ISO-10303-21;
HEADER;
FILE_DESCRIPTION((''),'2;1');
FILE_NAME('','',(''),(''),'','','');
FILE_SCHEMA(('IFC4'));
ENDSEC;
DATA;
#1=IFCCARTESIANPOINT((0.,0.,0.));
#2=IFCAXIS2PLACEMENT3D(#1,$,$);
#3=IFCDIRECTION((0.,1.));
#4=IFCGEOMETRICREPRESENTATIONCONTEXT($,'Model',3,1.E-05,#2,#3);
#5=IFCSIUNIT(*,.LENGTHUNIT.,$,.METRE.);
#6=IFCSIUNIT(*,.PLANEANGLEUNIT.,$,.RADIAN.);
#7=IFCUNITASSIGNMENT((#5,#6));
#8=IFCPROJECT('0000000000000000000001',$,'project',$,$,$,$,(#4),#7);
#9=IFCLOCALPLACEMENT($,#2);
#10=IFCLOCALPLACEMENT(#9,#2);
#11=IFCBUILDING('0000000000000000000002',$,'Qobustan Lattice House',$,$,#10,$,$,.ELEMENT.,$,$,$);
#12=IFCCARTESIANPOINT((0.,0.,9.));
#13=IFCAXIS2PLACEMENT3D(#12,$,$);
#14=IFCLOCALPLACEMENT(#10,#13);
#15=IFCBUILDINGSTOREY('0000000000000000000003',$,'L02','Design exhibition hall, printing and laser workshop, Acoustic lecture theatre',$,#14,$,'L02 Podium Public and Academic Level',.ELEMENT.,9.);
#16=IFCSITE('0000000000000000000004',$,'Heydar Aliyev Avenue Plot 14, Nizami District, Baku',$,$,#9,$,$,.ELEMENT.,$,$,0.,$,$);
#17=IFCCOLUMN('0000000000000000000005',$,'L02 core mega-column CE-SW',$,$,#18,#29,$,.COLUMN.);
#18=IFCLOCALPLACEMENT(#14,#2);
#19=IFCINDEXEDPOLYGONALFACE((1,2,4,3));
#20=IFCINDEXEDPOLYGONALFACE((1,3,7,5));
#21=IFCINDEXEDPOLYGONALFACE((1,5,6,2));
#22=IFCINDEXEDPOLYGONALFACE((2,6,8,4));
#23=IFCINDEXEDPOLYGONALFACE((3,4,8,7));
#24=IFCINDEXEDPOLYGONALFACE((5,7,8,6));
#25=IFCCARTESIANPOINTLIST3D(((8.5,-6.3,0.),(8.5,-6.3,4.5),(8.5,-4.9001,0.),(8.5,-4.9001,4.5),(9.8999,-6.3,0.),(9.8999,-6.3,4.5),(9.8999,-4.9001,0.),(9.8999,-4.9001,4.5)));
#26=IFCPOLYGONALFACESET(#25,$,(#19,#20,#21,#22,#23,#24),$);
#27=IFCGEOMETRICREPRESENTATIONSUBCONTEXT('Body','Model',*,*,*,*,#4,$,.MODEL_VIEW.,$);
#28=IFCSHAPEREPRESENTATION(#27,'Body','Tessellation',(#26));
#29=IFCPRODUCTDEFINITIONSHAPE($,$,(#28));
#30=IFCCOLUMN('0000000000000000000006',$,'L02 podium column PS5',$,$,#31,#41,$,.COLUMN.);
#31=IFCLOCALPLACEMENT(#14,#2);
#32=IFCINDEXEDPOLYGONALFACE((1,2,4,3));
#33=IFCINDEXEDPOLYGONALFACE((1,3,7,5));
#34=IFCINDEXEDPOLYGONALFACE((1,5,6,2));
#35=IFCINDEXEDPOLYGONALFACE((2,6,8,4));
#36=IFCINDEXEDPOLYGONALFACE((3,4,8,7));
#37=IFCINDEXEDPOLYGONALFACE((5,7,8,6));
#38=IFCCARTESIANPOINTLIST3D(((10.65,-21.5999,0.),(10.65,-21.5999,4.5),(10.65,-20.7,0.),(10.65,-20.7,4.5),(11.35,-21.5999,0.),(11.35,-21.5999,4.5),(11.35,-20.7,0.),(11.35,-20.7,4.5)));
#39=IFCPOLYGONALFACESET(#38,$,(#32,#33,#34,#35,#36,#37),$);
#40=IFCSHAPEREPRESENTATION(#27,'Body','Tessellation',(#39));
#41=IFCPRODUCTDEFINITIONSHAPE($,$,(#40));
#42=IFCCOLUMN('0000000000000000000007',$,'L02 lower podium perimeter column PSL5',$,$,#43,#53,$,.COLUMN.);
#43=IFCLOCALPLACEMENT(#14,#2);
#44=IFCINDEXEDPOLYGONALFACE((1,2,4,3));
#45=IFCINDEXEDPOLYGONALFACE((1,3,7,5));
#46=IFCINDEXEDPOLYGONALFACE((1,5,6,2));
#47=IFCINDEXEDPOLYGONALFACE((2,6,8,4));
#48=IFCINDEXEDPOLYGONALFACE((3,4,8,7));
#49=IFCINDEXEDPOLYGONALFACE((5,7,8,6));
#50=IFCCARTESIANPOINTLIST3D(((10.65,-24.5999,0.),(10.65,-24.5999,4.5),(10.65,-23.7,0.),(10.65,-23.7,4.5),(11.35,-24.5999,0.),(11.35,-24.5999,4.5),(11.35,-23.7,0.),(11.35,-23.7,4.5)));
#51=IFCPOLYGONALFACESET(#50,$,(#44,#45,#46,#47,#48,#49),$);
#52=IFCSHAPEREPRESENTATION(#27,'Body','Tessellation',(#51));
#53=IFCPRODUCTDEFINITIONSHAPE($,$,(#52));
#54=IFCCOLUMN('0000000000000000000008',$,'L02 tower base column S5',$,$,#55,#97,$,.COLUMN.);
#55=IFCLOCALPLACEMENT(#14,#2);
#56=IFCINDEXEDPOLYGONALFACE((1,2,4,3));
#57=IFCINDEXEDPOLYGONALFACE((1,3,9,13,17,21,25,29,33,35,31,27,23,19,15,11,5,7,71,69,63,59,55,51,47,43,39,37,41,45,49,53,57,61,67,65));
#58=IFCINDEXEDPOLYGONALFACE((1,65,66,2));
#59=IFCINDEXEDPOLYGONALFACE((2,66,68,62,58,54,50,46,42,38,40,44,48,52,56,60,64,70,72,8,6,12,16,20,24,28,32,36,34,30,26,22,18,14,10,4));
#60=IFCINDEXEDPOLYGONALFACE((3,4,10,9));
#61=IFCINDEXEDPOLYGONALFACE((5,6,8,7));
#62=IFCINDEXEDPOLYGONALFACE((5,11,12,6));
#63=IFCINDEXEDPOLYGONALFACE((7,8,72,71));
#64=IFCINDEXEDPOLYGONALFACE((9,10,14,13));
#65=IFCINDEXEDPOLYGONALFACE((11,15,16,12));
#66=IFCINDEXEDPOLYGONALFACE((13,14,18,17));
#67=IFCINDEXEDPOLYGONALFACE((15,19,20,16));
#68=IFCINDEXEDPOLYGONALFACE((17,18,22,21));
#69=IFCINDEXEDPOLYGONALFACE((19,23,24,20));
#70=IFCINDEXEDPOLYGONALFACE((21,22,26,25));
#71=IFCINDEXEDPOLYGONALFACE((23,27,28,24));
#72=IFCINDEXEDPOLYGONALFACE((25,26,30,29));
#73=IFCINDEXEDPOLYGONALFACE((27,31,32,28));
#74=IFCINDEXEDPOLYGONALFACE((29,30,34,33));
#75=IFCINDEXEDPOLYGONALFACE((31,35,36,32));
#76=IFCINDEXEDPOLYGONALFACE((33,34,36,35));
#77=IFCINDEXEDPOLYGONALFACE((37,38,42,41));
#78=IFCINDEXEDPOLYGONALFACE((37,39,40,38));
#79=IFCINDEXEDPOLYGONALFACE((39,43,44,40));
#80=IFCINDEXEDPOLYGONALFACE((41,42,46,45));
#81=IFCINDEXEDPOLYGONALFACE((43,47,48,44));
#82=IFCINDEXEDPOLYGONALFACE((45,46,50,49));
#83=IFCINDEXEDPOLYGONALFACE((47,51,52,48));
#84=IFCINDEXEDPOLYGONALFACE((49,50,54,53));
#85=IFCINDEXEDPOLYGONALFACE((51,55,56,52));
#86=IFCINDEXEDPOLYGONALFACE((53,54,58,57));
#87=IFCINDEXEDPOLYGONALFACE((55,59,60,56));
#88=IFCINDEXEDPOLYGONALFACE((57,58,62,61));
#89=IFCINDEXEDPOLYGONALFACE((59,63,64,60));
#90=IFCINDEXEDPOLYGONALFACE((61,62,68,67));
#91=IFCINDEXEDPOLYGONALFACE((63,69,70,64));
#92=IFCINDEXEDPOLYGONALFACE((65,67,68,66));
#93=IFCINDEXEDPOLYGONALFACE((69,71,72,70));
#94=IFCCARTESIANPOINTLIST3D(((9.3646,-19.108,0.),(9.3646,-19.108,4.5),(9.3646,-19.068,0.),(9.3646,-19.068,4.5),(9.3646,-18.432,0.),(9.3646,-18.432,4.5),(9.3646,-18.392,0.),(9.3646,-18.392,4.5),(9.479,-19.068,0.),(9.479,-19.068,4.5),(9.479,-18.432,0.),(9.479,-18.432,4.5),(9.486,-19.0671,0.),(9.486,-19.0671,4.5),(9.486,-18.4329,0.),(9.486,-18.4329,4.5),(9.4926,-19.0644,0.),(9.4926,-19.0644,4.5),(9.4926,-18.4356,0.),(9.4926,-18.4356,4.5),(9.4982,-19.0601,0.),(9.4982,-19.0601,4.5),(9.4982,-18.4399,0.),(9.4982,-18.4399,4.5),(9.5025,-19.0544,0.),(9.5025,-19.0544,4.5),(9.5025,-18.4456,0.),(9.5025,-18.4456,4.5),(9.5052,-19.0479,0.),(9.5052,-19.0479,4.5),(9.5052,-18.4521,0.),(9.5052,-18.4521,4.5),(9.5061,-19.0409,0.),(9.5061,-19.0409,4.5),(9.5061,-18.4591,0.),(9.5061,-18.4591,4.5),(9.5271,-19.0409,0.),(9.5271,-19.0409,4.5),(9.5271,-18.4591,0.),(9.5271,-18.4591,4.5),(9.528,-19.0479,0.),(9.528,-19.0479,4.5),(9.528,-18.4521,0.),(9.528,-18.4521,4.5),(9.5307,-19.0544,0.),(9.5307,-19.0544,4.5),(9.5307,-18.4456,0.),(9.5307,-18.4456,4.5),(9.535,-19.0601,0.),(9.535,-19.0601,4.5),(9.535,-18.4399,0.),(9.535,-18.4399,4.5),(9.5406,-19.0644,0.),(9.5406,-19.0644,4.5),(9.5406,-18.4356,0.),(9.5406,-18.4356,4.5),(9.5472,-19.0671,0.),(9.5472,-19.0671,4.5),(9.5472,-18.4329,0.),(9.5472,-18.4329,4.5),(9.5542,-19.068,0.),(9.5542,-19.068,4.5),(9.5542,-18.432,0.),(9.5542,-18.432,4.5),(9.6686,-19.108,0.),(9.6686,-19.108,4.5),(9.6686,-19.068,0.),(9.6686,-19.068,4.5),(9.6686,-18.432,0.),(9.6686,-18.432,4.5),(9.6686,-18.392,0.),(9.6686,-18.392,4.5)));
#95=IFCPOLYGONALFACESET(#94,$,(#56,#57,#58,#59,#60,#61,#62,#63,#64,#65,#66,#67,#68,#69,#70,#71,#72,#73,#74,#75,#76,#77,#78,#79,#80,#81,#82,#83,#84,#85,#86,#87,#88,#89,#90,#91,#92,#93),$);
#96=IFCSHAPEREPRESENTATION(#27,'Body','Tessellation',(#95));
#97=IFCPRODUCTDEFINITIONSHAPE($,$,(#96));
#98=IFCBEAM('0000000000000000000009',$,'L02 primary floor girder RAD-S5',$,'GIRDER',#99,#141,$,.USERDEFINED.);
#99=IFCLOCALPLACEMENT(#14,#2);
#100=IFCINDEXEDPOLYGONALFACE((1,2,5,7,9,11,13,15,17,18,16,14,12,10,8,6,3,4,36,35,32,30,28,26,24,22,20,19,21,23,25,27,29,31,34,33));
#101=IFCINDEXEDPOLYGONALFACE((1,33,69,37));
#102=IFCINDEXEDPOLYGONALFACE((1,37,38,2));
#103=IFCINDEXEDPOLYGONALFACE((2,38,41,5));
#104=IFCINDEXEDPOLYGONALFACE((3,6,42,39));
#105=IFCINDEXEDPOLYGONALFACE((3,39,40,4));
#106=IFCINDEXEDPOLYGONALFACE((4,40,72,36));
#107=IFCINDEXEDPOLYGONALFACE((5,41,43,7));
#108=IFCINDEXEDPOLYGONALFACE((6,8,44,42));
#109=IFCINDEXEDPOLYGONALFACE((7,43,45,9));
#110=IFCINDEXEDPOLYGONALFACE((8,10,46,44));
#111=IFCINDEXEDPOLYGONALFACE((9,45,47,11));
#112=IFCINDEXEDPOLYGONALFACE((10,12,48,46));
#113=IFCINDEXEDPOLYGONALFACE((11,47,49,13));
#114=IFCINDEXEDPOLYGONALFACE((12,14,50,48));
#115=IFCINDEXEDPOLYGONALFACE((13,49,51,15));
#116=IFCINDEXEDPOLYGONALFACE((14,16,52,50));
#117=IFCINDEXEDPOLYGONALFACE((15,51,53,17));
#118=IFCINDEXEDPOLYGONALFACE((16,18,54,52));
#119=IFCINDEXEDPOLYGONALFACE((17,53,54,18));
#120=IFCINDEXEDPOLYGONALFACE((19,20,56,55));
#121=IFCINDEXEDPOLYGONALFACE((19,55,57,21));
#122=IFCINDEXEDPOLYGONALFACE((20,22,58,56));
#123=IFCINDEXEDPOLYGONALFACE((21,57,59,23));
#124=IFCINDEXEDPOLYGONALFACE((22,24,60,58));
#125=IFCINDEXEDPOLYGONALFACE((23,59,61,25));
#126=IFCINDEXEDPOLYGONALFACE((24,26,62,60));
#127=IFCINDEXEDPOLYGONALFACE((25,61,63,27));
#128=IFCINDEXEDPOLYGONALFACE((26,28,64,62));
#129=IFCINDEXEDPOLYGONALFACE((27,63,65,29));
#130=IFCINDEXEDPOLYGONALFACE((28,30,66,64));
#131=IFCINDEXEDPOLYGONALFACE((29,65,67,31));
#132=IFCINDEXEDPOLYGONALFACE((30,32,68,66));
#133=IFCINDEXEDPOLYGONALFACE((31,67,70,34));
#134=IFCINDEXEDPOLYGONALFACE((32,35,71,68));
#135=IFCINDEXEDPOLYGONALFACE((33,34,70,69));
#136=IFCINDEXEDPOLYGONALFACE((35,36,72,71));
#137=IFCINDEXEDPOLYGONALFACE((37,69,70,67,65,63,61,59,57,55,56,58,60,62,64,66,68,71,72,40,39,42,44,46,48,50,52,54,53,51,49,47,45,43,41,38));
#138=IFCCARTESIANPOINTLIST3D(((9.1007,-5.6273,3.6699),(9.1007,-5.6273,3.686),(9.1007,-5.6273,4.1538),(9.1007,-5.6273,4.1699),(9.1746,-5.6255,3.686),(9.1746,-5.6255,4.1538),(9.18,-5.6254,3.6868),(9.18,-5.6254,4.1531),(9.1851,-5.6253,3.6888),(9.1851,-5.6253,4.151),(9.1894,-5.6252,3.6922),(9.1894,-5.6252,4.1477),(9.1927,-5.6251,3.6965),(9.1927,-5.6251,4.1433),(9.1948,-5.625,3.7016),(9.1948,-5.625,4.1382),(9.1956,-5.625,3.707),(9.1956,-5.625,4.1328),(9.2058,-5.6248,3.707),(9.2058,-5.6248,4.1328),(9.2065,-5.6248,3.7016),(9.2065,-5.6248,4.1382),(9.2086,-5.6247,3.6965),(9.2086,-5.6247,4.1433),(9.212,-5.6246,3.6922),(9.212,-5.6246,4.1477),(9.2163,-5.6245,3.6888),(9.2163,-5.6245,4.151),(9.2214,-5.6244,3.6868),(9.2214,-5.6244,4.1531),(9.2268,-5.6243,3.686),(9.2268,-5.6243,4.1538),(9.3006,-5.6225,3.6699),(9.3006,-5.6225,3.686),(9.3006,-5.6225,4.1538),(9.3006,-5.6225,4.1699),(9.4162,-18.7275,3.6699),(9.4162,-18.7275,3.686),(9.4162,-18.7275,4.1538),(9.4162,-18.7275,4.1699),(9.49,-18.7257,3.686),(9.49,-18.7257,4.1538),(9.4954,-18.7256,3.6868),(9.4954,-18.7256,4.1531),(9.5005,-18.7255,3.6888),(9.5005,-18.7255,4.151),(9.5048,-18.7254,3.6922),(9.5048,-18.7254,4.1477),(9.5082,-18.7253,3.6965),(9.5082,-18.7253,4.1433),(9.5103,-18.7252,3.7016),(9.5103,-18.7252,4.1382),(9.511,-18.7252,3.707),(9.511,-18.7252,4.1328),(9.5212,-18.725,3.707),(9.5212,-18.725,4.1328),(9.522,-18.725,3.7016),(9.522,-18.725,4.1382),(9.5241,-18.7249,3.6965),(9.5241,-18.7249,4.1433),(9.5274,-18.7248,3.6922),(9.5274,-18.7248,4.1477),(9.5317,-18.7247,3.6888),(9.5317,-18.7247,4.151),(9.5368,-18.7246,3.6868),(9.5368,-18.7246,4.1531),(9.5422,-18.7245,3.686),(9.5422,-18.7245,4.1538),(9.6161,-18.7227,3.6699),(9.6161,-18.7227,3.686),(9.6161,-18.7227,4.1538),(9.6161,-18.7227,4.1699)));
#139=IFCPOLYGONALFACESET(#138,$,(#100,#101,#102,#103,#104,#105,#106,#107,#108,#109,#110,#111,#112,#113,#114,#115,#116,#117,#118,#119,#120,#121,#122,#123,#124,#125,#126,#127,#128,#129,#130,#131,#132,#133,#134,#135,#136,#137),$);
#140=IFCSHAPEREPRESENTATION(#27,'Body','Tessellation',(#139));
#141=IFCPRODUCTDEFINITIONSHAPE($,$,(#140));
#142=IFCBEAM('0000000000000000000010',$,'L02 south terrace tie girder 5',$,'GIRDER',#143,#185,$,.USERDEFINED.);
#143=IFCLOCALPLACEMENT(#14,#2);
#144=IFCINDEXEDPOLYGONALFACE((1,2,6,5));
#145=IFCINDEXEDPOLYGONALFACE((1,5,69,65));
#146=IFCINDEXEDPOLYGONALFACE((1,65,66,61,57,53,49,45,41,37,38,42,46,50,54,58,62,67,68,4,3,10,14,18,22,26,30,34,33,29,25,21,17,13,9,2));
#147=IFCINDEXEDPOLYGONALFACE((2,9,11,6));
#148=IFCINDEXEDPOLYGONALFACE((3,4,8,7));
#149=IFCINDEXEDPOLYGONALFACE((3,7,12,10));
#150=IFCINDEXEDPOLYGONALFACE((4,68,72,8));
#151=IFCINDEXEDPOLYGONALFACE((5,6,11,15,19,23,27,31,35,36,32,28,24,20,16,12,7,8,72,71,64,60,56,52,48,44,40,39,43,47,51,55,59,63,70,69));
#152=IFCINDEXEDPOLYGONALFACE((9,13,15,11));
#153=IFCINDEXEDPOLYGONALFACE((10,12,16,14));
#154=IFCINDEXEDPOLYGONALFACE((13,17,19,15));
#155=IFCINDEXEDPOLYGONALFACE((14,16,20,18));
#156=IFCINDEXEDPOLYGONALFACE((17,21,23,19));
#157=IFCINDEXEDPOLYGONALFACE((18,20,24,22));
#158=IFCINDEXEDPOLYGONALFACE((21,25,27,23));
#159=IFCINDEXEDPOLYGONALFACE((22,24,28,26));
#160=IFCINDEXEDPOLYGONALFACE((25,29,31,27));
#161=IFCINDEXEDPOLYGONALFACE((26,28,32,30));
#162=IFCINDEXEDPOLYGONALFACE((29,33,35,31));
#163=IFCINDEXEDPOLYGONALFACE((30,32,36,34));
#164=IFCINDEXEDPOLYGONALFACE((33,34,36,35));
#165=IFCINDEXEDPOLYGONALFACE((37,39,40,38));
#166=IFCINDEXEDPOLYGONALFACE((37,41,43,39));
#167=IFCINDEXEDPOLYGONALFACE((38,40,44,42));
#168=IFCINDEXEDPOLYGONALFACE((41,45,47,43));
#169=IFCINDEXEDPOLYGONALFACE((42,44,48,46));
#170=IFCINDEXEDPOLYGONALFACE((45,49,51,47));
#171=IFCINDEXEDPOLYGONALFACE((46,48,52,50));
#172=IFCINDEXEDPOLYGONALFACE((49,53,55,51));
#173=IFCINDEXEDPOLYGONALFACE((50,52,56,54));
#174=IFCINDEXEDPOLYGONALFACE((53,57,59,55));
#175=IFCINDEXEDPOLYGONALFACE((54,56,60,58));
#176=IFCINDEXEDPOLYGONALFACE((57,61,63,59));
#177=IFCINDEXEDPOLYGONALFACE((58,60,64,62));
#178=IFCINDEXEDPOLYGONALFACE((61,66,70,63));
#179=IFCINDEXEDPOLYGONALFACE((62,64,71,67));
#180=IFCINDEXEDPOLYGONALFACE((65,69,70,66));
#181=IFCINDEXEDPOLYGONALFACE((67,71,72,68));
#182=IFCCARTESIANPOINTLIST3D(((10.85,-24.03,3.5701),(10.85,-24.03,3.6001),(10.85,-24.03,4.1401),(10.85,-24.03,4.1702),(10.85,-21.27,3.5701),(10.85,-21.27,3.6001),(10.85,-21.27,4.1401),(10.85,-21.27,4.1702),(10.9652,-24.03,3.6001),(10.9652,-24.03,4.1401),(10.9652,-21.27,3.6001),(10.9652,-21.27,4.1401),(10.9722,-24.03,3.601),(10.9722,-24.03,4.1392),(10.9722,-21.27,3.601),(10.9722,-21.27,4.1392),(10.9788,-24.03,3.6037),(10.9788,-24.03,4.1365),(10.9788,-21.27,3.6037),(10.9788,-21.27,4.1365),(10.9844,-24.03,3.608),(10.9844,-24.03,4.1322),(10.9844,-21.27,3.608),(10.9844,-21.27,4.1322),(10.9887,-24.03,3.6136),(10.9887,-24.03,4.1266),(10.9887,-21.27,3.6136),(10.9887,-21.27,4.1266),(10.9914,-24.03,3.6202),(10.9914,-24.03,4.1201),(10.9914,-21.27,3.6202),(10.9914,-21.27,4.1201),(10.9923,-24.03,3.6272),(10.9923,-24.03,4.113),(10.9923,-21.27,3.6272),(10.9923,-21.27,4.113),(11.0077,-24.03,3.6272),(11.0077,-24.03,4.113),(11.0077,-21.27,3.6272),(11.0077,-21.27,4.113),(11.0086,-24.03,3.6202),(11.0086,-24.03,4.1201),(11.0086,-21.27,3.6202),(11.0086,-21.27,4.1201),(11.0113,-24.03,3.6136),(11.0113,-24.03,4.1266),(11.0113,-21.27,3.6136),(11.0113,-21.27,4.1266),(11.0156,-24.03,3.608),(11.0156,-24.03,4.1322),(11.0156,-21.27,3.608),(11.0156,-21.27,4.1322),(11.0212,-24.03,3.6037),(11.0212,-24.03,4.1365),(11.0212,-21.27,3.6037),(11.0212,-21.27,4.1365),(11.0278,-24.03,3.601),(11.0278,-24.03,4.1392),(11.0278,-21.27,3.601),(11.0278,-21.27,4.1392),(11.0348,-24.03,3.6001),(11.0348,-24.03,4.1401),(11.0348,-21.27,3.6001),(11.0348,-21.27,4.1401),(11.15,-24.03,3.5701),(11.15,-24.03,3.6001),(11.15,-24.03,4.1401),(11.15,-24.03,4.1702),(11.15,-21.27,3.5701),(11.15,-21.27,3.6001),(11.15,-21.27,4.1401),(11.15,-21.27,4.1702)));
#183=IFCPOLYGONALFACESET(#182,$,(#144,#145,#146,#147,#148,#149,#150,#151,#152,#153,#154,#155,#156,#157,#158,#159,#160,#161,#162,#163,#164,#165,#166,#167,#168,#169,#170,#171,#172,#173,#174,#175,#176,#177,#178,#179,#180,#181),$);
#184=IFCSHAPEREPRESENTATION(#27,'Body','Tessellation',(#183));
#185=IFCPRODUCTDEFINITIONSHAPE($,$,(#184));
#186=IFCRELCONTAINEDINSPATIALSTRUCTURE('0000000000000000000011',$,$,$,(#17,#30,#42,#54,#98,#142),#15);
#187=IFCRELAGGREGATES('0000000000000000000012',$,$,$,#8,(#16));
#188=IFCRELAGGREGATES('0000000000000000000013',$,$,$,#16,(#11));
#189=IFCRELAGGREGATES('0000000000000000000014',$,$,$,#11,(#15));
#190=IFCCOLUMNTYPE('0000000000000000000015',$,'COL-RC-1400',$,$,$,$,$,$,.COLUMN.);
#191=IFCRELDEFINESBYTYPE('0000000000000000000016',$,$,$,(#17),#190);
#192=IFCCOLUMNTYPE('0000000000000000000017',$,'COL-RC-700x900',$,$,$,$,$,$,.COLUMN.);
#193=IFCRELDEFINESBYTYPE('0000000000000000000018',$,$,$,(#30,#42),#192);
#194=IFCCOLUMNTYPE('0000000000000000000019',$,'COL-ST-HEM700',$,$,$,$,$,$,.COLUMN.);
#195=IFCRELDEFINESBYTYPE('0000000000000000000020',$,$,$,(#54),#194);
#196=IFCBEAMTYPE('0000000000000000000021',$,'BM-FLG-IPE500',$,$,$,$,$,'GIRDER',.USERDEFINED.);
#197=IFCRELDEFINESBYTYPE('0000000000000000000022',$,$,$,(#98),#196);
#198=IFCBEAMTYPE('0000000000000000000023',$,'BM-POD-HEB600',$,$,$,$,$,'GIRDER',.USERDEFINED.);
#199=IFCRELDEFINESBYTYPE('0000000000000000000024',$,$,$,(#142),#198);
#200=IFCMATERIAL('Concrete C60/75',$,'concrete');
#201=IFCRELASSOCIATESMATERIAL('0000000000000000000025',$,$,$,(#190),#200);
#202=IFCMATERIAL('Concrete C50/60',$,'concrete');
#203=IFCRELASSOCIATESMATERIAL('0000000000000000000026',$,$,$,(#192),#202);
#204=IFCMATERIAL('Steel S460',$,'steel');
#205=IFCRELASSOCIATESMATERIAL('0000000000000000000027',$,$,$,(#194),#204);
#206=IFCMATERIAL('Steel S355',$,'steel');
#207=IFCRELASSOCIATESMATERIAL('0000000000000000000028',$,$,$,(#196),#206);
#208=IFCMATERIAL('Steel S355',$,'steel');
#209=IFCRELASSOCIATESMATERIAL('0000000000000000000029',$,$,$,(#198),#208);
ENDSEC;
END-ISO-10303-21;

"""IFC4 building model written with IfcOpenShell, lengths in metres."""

from ifc_helpers import new_model, si_unit, direction, frame, origin, origin_2d, place, context, subcontext, project, spatial, rectangle, i_section, extrude, material, material_profile, profile_set, type_object, element, save


model = new_model("IFC4")

# Units and contexts
model_context = context("Model", 3, precision=1e-05, world=origin(), true_north=direction((0.0, 1.0)))
body_context = subcontext(model_context, "Body", "Model", "MODEL_VIEW")
ifc_project = project(units=[si_unit("LENGTHUNIT", "METRE"), si_unit("PLANEANGLEUNIT", "RADIAN")], contexts=[model_context])

# Site, building, storey
site_placement = place(None, origin())
site = spatial("IfcSite", under=ifc_project, at=site_placement, Name="Heydar Aliyev Avenue Plot 14, Nizami District, Baku", CompositionType="ELEMENT", RefElevation=0.0)
building_placement = place(site_placement, origin())
building = spatial("IfcBuilding", under=site, at=building_placement, Name="Qobustan Lattice House", CompositionType="ELEMENT")
storey_placement = place(building_placement, frame((0.0, 0.0, 9.0)))
storey = spatial("IfcBuildingStorey", under=building, at=storey_placement, Name="L02", Description="Design exhibition hall, printing and laser workshop, Acoustic lecture theatre", LongName="L02 Podium Public and Academic Level", CompositionType="ELEMENT", Elevation=9.0)

# Columns
ifc_material_1 = material(Name="Concrete C60/75", Category="concrete")
ifc_material_profile_1 = material_profile(ifc_material_1, rectangle(XDim=1.3999, YDim=1.3999, at=origin_2d()), Name="RC1400x1400")
ifc_profile_set_1 = profile_set([ifc_material_profile_1], Name="Concrete C60/75")
column_type_1 = type_object("IfcColumnType", Name="COL-RC-1400", PredefinedType="COLUMN", material=ifc_profile_set_1)
column_1_placement = place(storey_placement, frame((9.2, -5.6001, 0.0), z_axis=(0.0, 0.0, 1.0), x_axis=(1.0, 0.0, 0.0)))
element("IfcColumn", 1, at=column_1_placement, inside=storey, type_object=column_type_1, Name="L02 core mega-column CE-SW", PredefinedType="COLUMN", context=body_context, shape_type="SweptSolid", body=[
    extrude(rectangle(XDim=1.3999, YDim=1.3999, at=origin_2d()), origin(), (0.0, 0.0, 1.0), 4.5),
])
ifc_material_2 = material(Name="Concrete C50/60", Category="concrete")
ifc_material_profile_2 = material_profile(ifc_material_2, rectangle(XDim=0.7, YDim=0.8999, at=origin_2d()), Name="RC700x900")
ifc_profile_set_2 = profile_set([ifc_material_profile_2], Name="Concrete C50/60")
column_type_2 = type_object("IfcColumnType", Name="COL-RC-700x900", PredefinedType="COLUMN", material=ifc_profile_set_2)
for number, where, z_axis, x_axis, name in (
    (2, (11.0, -21.1499, 0.0), (0.0, 0.0, 1.0), (1.0, 0.0, 0.0), "L02 podium column PS5"),
    (3, (11.0, -24.1499, 0.0), (0.0, 0.0, 1.0), (1.0, 0.0, 0.0), "L02 lower podium perimeter column PSL5"),
):
    element("IfcColumn", number, at=place(storey_placement, frame(where, z_axis=z_axis, x_axis=x_axis)), inside=storey, type_object=column_type_2, Name=name, PredefinedType="COLUMN", context=body_context, shape_type="SweptSolid", body=[
        extrude(rectangle(XDim=0.7, YDim=0.8999, at=origin_2d()), origin(), (0.0, 0.0, 1.0), 4.5),
    ])
ifc_material_3 = material(Name="Steel S460", Category="steel")
ifc_material_profile_3 = material_profile(ifc_material_3, i_section(OverallWidth=0.304, OverallDepth=0.7161, WebThickness=0.021, FlangeThickness=0.04, FilletRadius=0.0271, at=origin_2d()), Name="HEM700")
ifc_profile_set_3 = profile_set([ifc_material_profile_3], Name="Steel S460")
column_type_3 = type_object("IfcColumnType", Name="COL-ST-HEM700", PredefinedType="COLUMN", material=ifc_profile_set_3)
column_2_placement = place(storey_placement, frame((9.5166, -18.75, 0.0), z_axis=(0.0, 0.0, 1.0), x_axis=(1.0, 0.0, 0.0)))
element("IfcColumn", 4, at=column_2_placement, inside=storey, type_object=column_type_3, Name="L02 tower base column S5", PredefinedType="COLUMN", context=body_context, shape_type="SweptSolid", body=[
    extrude(i_section(OverallWidth=0.304, OverallDepth=0.7161, WebThickness=0.021, FlangeThickness=0.04, FilletRadius=0.0271, at=origin_2d()), origin(), (0.0, 0.0, 1.0), 4.5),
])

# Beams
ifc_material_4 = material(Name="Steel S355", Category="steel")
ifc_material_profile_4 = material_profile(ifc_material_4, i_section(OverallWidth=0.2, OverallDepth=0.5, WebThickness=0.0103, FlangeThickness=0.0161, FilletRadius=0.021, at=origin_2d()), Name="IPE500")
ifc_profile_set_4 = profile_set([ifc_material_profile_4], Name="Steel S355")
beam_type_1 = type_object("IfcBeamType", Name="BM-FLG-IPE500", ElementType="GIRDER", PredefinedType="USERDEFINED", material=ifc_profile_set_4)
beam_1_placement = place(storey_placement, frame((9.5161, -18.7251, 3.9199), z_axis=(-0.024071, 0.99971, 0.0), x_axis=(-0.99971, -0.024071, 0.0)))
element("IfcBeam", 5, at=beam_1_placement, inside=storey, type_object=beam_type_1, Name="L02 primary floor girder RAD-S5", ObjectType="GIRDER", PredefinedType="USERDEFINED", context=body_context, shape_type="SweptSolid", body=[
    extrude(i_section(OverallWidth=0.2, OverallDepth=0.5, WebThickness=0.0103, FlangeThickness=0.0161, FilletRadius=0.021, at=origin_2d()), origin(), (0.0, 0.0, 1.0), 13.104),
])
ifc_material_5 = material(Name="Steel S355", Category="steel")
ifc_material_profile_5 = material_profile(ifc_material_5, i_section(OverallWidth=0.3, OverallDepth=0.6001, WebThickness=0.0154, FlangeThickness=0.03, FilletRadius=0.0271, at=origin_2d()), Name="HEB600")
ifc_profile_set_5 = profile_set([ifc_material_profile_5], Name="Steel S355")
beam_type_2 = type_object("IfcBeamType", Name="BM-POD-HEB600", ElementType="GIRDER", PredefinedType="USERDEFINED", material=ifc_profile_set_5)
beam_2_placement = place(storey_placement, frame((11.0, -24.03, 3.8701), z_axis=(0.0, 1.0, 0.0), x_axis=(-1.0, 0.0, 0.0)))
element("IfcBeam", 6, at=beam_2_placement, inside=storey, type_object=beam_type_2, Name="L02 south terrace tie girder 5", ObjectType="GIRDER", PredefinedType="USERDEFINED", context=body_context, shape_type="SweptSolid", body=[
    extrude(i_section(OverallWidth=0.3, OverallDepth=0.6001, WebThickness=0.0154, FlangeThickness=0.03, FilletRadius=0.0271, at=origin_2d()), origin(), (0.0, 0.0, 1.0), 2.76),
])

save(model, "model.ifc")
